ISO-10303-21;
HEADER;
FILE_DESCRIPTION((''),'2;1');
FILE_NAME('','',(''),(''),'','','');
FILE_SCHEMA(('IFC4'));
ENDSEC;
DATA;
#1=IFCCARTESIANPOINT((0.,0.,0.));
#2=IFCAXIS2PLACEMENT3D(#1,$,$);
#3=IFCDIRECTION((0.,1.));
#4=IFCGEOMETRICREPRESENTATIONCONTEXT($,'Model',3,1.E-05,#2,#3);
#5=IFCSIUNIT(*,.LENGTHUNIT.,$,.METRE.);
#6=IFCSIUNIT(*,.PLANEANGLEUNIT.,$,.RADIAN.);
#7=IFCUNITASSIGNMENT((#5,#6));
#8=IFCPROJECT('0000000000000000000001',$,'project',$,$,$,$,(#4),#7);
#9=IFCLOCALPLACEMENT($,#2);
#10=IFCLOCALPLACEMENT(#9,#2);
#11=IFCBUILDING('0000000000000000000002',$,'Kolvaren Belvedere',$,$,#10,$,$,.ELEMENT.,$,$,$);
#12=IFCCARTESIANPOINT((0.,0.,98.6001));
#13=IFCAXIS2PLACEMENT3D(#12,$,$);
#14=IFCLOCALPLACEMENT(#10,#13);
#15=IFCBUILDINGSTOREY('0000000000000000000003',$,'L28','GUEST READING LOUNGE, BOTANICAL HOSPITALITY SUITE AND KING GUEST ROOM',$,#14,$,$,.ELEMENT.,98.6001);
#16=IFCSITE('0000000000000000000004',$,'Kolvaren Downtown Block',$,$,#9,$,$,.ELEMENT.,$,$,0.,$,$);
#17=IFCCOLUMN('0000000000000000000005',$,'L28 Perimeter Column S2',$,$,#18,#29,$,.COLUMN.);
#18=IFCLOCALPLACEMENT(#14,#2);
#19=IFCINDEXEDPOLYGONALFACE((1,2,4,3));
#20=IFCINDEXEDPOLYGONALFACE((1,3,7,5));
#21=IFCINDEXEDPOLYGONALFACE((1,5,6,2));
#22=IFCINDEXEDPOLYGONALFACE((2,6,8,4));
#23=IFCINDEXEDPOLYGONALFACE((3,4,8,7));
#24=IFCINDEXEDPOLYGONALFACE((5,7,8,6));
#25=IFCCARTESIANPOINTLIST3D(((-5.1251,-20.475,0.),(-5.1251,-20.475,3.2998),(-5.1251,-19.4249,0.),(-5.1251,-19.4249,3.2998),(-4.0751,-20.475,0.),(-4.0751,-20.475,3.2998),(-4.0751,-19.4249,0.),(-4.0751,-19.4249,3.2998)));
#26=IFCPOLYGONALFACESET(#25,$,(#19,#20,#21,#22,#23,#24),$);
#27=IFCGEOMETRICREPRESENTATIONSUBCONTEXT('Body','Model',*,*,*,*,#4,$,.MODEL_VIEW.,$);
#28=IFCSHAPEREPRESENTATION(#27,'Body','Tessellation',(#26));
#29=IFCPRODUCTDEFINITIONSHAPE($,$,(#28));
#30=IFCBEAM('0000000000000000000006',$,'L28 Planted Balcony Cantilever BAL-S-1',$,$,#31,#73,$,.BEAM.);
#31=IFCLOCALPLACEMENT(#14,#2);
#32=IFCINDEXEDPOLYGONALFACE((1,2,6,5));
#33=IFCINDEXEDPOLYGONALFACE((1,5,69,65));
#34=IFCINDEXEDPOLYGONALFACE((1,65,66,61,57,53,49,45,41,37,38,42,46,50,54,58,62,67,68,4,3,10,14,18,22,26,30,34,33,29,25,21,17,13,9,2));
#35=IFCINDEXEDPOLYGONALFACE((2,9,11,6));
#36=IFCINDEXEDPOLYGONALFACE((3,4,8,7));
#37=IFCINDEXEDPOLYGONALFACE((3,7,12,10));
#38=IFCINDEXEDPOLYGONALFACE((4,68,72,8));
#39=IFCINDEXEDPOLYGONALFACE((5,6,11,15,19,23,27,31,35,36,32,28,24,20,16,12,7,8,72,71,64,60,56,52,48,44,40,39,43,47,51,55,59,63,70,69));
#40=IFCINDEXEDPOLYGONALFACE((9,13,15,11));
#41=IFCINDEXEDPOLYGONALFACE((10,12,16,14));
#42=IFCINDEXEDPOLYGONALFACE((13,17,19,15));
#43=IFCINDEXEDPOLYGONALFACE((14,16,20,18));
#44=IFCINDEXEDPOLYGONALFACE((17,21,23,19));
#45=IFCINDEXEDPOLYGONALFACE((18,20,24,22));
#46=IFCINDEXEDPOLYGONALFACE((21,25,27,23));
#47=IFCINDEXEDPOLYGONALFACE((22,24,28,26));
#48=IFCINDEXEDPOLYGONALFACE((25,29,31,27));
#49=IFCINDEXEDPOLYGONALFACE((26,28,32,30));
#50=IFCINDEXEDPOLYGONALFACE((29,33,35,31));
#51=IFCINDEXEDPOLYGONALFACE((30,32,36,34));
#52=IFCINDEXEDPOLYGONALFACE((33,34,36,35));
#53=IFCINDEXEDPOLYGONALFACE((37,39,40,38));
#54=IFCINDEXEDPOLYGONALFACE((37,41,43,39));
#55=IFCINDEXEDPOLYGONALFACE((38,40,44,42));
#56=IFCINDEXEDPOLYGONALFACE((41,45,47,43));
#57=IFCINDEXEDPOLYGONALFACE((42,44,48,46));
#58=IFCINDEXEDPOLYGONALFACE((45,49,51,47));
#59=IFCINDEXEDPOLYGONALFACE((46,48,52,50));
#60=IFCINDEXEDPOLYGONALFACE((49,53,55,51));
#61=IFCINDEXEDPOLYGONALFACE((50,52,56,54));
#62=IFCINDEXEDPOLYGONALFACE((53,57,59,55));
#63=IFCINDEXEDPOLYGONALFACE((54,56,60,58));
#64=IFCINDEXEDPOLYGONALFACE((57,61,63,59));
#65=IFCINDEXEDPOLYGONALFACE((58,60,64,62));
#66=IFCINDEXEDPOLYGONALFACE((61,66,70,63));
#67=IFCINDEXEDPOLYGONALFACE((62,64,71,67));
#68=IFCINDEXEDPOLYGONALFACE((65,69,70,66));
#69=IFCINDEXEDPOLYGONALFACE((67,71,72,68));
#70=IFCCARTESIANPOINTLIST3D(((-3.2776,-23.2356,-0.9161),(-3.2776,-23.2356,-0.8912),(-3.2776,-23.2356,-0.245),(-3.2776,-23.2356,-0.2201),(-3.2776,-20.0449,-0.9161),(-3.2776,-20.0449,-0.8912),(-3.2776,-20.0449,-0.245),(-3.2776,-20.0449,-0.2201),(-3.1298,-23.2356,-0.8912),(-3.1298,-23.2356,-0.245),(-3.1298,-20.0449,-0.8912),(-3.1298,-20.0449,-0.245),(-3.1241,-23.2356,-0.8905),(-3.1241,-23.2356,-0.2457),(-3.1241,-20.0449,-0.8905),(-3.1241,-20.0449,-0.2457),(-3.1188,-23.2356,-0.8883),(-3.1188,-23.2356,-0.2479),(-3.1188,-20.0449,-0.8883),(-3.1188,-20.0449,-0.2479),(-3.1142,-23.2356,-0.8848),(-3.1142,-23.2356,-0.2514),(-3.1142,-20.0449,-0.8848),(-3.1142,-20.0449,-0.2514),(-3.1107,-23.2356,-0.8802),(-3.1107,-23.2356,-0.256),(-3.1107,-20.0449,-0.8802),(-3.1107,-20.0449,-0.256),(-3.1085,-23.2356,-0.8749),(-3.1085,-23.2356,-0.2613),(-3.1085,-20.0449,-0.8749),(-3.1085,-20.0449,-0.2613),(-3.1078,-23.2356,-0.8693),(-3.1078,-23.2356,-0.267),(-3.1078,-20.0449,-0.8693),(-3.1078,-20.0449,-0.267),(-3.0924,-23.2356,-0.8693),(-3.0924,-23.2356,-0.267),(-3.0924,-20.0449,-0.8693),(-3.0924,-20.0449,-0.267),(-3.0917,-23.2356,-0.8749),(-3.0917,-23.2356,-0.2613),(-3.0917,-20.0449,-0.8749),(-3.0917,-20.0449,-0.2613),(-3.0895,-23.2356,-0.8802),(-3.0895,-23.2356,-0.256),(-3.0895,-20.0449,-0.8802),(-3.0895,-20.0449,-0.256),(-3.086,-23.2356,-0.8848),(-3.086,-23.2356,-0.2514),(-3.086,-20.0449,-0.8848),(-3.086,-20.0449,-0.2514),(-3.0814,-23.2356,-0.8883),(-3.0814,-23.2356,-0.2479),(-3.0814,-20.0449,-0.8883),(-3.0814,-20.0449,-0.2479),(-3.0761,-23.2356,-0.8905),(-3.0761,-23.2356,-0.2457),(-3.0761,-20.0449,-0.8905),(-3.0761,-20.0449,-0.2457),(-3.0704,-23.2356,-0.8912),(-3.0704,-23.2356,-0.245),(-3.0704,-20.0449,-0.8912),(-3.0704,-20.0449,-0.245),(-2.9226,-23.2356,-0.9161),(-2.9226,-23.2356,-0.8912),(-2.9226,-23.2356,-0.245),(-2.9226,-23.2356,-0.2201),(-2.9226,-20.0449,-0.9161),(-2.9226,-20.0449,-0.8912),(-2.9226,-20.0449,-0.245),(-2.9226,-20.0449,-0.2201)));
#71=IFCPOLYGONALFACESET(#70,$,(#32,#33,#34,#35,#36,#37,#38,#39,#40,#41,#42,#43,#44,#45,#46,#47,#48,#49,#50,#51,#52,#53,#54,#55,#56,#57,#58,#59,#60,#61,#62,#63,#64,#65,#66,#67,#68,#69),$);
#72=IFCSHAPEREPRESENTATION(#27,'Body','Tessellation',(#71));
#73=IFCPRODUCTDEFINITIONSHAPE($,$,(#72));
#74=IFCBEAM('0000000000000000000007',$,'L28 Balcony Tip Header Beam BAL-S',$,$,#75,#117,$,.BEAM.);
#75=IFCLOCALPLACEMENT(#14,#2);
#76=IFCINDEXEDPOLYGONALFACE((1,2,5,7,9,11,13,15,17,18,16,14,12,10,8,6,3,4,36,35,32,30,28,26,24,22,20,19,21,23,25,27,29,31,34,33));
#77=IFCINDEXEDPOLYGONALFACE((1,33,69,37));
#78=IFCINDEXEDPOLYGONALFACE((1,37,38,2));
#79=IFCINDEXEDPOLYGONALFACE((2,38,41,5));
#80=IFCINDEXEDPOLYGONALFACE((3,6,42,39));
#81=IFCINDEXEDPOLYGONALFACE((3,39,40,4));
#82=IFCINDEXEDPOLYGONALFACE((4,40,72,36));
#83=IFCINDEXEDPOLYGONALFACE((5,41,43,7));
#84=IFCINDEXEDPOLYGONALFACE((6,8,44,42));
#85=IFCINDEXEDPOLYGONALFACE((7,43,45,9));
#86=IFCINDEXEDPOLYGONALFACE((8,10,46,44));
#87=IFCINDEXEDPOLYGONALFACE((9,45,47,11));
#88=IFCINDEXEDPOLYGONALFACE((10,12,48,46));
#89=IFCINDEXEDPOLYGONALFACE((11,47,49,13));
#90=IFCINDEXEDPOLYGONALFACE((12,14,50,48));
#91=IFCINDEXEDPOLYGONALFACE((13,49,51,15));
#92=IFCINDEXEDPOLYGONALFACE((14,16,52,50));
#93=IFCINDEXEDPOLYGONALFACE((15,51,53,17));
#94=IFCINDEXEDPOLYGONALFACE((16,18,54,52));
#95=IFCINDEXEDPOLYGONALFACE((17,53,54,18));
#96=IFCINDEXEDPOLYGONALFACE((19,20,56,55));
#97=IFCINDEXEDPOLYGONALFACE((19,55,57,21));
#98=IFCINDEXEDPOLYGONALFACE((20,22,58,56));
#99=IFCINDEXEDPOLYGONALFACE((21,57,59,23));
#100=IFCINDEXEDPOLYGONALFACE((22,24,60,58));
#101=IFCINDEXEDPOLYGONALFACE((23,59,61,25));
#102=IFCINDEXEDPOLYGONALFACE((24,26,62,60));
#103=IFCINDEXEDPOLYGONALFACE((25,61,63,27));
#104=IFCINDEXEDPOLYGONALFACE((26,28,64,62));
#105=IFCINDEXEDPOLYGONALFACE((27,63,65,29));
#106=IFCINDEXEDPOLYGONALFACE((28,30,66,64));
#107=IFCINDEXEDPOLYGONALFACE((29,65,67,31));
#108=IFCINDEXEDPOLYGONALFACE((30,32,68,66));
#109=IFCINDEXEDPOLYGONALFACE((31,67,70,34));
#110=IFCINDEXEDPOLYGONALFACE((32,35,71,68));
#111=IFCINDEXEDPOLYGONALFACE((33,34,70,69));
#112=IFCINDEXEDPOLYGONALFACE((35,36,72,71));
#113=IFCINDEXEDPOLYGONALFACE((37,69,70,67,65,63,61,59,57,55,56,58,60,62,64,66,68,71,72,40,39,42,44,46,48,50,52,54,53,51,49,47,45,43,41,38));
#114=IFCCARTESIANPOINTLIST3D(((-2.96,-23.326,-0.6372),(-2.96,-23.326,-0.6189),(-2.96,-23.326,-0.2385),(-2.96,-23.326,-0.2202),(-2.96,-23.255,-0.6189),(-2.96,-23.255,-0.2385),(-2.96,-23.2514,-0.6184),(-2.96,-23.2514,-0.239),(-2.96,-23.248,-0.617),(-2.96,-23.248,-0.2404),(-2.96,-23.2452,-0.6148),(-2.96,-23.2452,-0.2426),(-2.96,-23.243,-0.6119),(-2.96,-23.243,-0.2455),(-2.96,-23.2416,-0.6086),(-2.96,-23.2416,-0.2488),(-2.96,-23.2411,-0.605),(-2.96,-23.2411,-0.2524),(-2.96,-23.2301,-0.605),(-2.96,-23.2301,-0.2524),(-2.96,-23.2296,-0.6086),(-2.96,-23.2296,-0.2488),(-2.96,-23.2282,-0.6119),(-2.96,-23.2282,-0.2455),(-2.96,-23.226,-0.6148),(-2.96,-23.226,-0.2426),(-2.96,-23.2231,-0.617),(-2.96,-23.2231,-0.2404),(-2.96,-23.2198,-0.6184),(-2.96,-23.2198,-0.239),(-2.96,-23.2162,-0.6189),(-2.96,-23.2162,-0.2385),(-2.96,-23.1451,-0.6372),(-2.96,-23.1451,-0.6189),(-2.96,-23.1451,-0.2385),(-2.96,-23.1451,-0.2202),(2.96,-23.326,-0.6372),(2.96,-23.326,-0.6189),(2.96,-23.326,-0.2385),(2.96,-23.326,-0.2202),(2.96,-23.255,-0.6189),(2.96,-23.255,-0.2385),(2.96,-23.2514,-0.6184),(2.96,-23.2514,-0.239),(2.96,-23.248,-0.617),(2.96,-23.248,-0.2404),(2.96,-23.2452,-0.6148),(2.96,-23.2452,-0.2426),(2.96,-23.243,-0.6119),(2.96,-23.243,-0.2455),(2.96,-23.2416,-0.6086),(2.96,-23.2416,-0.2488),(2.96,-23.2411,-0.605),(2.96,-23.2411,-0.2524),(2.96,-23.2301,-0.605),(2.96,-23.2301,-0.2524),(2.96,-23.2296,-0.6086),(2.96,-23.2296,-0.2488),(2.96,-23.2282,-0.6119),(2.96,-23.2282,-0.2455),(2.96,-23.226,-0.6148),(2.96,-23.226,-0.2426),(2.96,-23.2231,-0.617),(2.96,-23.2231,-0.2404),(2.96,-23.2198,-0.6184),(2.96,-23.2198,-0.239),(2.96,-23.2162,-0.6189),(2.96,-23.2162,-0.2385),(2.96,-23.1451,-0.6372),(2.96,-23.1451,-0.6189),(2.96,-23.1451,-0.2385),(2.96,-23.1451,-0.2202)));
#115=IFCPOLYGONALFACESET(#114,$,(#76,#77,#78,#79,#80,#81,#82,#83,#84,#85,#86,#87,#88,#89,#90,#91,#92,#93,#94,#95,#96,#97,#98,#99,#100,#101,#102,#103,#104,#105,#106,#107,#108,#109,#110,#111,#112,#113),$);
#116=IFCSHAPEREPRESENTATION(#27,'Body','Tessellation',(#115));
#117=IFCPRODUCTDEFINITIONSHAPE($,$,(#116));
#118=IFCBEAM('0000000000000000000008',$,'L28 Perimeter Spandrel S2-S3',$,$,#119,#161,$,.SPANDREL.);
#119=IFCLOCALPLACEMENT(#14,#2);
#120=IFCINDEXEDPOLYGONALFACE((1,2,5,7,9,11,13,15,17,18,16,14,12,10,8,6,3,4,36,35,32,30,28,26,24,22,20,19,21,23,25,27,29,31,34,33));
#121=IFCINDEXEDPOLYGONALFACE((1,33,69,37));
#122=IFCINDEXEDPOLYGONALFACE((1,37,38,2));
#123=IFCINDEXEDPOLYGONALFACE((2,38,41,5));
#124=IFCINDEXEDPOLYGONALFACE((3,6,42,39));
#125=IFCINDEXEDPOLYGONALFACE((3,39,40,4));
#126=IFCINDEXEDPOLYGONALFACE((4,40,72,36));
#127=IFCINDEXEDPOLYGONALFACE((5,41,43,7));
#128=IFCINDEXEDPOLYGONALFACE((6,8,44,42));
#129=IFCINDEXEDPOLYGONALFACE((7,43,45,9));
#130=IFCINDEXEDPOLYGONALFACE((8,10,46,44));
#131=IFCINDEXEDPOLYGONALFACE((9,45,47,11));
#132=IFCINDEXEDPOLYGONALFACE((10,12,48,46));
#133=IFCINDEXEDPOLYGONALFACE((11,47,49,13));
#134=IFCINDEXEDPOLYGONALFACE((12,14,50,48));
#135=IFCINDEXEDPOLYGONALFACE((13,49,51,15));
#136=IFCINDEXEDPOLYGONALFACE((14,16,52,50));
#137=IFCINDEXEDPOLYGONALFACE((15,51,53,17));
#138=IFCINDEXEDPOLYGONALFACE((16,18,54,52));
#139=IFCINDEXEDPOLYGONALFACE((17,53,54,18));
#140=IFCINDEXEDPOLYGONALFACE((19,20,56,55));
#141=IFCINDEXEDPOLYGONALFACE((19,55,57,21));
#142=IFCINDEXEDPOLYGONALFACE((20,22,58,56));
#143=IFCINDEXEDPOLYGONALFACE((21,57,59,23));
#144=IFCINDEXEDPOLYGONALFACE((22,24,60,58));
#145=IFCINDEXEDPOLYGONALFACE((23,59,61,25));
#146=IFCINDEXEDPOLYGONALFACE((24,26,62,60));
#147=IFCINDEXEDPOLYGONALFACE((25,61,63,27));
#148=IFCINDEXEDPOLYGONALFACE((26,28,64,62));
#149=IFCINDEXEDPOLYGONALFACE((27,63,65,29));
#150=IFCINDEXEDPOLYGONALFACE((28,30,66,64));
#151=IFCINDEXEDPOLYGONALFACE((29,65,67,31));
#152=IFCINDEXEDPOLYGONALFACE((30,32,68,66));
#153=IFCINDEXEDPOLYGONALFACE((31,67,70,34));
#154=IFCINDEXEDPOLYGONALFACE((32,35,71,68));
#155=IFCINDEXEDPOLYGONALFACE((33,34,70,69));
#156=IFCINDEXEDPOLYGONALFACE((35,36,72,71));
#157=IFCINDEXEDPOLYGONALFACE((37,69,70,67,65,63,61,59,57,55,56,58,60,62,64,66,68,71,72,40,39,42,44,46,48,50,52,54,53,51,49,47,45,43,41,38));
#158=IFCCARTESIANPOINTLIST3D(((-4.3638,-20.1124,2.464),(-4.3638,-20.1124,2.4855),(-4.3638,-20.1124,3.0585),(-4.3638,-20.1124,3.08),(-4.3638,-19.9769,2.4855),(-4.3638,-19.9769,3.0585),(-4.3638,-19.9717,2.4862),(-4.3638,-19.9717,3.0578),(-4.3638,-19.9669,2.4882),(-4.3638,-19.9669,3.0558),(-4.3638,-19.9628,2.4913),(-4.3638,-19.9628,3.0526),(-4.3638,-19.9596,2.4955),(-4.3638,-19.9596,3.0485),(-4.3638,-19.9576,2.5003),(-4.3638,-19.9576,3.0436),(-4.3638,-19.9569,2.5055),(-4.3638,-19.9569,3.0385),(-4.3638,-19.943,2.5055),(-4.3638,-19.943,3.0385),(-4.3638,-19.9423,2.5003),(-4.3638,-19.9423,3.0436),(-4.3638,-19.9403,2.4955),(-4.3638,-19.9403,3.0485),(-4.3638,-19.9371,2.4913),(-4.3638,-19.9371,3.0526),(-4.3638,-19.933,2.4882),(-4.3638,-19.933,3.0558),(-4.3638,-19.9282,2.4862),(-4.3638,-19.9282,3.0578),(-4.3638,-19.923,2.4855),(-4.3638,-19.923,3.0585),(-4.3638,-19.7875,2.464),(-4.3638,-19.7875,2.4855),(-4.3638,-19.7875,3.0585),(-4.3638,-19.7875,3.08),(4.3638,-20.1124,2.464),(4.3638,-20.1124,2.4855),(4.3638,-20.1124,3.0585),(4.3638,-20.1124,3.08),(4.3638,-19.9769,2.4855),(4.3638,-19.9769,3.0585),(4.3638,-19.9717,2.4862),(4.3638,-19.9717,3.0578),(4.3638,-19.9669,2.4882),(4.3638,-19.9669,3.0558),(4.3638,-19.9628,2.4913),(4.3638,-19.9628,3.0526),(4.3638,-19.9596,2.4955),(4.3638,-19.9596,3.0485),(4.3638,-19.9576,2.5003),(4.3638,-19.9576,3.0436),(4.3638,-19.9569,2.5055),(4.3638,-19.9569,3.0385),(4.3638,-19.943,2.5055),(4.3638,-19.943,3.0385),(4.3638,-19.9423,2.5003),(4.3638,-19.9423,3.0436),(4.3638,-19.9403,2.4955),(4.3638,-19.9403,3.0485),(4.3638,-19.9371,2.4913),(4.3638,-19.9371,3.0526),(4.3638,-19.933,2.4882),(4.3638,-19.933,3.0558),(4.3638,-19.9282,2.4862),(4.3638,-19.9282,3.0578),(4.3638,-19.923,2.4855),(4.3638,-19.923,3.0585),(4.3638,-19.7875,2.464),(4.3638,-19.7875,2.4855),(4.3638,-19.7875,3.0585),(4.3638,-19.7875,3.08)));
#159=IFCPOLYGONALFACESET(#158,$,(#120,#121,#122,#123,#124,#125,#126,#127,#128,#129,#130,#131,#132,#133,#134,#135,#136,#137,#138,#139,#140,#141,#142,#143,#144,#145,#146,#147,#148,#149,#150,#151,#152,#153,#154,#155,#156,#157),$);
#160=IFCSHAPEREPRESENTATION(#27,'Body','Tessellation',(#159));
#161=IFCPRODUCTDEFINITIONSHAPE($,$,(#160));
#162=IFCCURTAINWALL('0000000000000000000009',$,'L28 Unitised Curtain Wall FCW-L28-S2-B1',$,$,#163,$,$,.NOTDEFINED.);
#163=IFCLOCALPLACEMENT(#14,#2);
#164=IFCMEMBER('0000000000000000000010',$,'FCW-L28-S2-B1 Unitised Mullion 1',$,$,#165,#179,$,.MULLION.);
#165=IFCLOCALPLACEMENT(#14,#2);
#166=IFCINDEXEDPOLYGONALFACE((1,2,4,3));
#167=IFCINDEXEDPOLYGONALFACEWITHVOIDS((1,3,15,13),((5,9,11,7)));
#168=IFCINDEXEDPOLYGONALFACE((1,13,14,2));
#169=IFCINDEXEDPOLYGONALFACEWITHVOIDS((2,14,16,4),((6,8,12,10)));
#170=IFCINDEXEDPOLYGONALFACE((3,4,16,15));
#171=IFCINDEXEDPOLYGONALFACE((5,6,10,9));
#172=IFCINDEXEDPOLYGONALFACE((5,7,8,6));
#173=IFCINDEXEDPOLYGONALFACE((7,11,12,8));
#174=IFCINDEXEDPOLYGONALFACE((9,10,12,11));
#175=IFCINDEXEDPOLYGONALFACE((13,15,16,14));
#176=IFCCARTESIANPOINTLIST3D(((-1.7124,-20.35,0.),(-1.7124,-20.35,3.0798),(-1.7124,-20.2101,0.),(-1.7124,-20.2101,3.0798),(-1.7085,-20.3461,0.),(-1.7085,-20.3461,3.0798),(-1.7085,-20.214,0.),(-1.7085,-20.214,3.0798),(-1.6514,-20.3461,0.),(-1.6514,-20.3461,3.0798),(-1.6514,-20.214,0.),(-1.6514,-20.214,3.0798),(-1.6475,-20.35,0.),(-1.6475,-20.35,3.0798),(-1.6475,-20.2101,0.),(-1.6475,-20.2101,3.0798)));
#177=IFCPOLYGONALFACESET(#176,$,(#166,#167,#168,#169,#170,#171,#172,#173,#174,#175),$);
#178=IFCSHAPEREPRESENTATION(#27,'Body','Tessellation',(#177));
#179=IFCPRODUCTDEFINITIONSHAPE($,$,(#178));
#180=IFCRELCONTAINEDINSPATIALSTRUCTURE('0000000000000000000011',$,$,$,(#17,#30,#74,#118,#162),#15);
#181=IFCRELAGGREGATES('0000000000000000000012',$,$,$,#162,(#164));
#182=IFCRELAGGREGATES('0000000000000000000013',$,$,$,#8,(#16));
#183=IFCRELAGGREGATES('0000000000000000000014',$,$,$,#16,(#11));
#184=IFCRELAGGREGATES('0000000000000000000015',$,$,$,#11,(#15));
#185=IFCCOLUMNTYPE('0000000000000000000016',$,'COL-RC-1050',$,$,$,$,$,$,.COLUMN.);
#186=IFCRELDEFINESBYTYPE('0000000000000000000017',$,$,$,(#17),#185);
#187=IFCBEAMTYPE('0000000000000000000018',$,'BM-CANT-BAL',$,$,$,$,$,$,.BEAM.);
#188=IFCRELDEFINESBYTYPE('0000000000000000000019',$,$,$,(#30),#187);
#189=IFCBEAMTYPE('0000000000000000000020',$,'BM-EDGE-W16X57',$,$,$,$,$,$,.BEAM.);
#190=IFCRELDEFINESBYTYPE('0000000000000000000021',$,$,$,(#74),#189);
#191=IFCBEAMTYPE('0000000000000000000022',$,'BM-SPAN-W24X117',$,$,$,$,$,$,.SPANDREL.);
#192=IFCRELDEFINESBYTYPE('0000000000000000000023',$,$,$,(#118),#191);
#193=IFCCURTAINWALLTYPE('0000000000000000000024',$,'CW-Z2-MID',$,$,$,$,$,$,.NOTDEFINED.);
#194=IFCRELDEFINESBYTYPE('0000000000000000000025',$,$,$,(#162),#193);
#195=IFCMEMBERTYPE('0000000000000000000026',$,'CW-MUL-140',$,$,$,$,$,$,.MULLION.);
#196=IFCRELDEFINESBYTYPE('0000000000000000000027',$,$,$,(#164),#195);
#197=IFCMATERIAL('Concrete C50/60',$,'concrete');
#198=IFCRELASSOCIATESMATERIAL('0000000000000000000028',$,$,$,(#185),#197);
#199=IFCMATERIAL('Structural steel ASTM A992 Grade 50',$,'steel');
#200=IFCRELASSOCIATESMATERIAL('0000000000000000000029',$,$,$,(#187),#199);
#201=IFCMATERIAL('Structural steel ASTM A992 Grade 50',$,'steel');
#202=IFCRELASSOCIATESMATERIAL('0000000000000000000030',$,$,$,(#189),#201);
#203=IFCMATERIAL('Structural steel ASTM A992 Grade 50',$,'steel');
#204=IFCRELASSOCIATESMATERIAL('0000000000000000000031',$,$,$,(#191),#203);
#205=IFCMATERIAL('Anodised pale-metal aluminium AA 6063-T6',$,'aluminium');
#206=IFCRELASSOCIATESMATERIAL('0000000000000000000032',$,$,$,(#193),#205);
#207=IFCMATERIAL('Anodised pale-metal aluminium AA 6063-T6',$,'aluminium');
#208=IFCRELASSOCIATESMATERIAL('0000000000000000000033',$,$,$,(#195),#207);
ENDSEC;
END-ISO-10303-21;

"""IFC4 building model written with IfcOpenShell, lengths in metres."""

from ifc_helpers import new_model, si_unit, direction, frame, origin, origin_2d, place, context, subcontext, project, spatial, rectangle, hollow_rectangle, i_section, extrude, material, material_profile, profile_set, type_object, element, aggregate, save


model = new_model("IFC4")

# Units and contexts
model_context = context("Model", 3, precision=1e-05, world=origin(), true_north=direction((0.0, 1.0)))
body_context = subcontext(model_context, "Body", "Model", "MODEL_VIEW")
ifc_project = project(units=[si_unit("LENGTHUNIT", "METRE"), si_unit("PLANEANGLEUNIT", "RADIAN")], contexts=[model_context])

# Site, building, storey
site_placement = place(None, origin())
site = spatial("IfcSite", under=ifc_project, at=site_placement, Name="Kolvaren Downtown Block", CompositionType="ELEMENT", RefElevation=0.0)
building_placement = place(site_placement, origin())
building = spatial("IfcBuilding", under=site, at=building_placement, Name="Kolvaren Belvedere", CompositionType="ELEMENT")
storey_placement = place(building_placement, frame((0.0, 0.0, 98.6001)))
storey = spatial("IfcBuildingStorey", under=building, at=storey_placement, Name="L28", Description="GUEST READING LOUNGE, BOTANICAL HOSPITALITY SUITE AND KING GUEST ROOM", CompositionType="ELEMENT", Elevation=98.6001)

# Column
ifc_material_1 = material(Name="Concrete C50/60", Category="concrete")
ifc_material_profile_1 = material_profile(ifc_material_1, rectangle(XDim=1.05, YDim=1.05, at=origin_2d()), Name="RC 1050X1050")
ifc_profile_set_1 = profile_set([ifc_material_profile_1], Name="Concrete C50/60")
column_type = type_object("IfcColumnType", Name="COL-RC-1050", PredefinedType="COLUMN", material=ifc_profile_set_1)
column_placement = place(storey_placement, frame((-4.6001, -19.95, 0.0), z_axis=(0.0, 0.0, 1.0), x_axis=(1.0, 0.0, 0.0)))
element("IfcColumn", 1, at=column_placement, inside=storey, type_object=column_type, Name="L28 Perimeter Column S2", PredefinedType="COLUMN", context=body_context, shape_type="SweptSolid", body=[
    extrude(rectangle(XDim=1.05, YDim=1.05, at=origin_2d()), origin(), (0.0, 0.0, 1.0), 3.2998),
])

# Beams
ifc_material_2 = material(Name="Structural steel ASTM A992 Grade 50", Category="steel")
ifc_material_profile_2 = material_profile(ifc_material_2, i_section(OverallWidth=0.355, OverallDepth=0.696, WebThickness=0.0154, FlangeThickness=0.0249, FilletRadius=0.022, at=origin_2d()), Name="W27X146")
ifc_profile_set_2 = profile_set([ifc_material_profile_2], Name="Structural steel ASTM A992 Grade 50")
beam_type_1 = type_object("IfcBeamType", Name="BM-CANT-BAL", PredefinedType="BEAM", material=ifc_profile_set_2)
beam_1_placement = place(storey_placement, frame((-3.1001, -20.0449, -0.5681), z_axis=(0.0, -1.0, 0.0), x_axis=(1.0, 0.0, 0.0)))
element("IfcBeam", 2, at=beam_1_placement, inside=storey, type_object=beam_type_1, Name="L28 Planted Balcony Cantilever BAL-S-1", PredefinedType="BEAM", context=body_context, shape_type="SweptSolid", body=[
    extrude(i_section(OverallWidth=0.355, OverallDepth=0.696, WebThickness=0.0154, FlangeThickness=0.0249, FilletRadius=0.022, at=origin_2d()), origin(), (0.0, 0.0, 1.0), 3.1907),
])
ifc_material_3 = material(Name="Structural steel ASTM A992 Grade 50", Category="steel")
ifc_material_profile_3 = material_profile(ifc_material_3, i_section(OverallWidth=0.1809, OverallDepth=0.417, WebThickness=0.011, FlangeThickness=0.0183, FilletRadius=0.0139, at=origin_2d()), Name="W16X57")
ifc_profile_set_3 = profile_set([ifc_material_profile_3], Name="Structural steel ASTM A992 Grade 50")
beam_type_2 = type_object("IfcBeamType", Name="BM-EDGE-W16X57", PredefinedType="BEAM", material=ifc_profile_set_3)
beam_2_placement = place(storey_placement, frame((-2.96, -23.2356, -0.4287), z_axis=(1.0, 0.0, 0.0), x_axis=(0.0, 1.0, 0.0)))
element("IfcBeam", 3, at=beam_2_placement, inside=storey, type_object=beam_type_2, Name="L28 Balcony Tip Header Beam BAL-S", PredefinedType="BEAM", context=body_context, shape_type="SweptSolid", body=[
    extrude(i_section(OverallWidth=0.1809, OverallDepth=0.417, WebThickness=0.011, FlangeThickness=0.0183, FilletRadius=0.0139, at=origin_2d()), origin(), (0.0, 0.0, 1.0), 5.9199),
])
ifc_material_4 = material(Name="Structural steel ASTM A992 Grade 50", Category="steel")
ifc_material_profile_4 = material_profile(ifc_material_4, i_section(OverallWidth=0.325, OverallDepth=0.616, WebThickness=0.0139, FlangeThickness=0.0215, FilletRadius=0.02, at=origin_2d()), Name="W24X117")
ifc_profile_set_4 = profile_set([ifc_material_profile_4], Name="Structural steel ASTM A992 Grade 50")
beam_type_3 = type_object("IfcBeamType", Name="BM-SPAN-W24X117", PredefinedType="SPANDREL", material=ifc_profile_set_4)
beam_3_placement = place(storey_placement, frame((-4.3638, -19.95, 2.772), z_axis=(1.0, 0.0, 0.0), x_axis=(0.0, 1.0, 0.0)))
element("IfcBeam", 4, at=beam_3_placement, inside=storey, type_object=beam_type_3, Name="L28 Perimeter Spandrel S2-S3", PredefinedType="SPANDREL", context=body_context, shape_type="SweptSolid", body=[
    extrude(i_section(OverallWidth=0.325, OverallDepth=0.616, WebThickness=0.0139, FlangeThickness=0.0215, FilletRadius=0.02, at=origin_2d()), origin(), (0.0, 0.0, 1.0), 8.7275),
])

# Curtain wall, member
ifc_material_5 = material(Name="Anodised pale-metal aluminium AA 6063-T6", Category="aluminium")
curtain_wall_type = type_object("IfcCurtainWallType", Name="CW-Z2-MID", PredefinedType="NOTDEFINED", material=ifc_material_5)
curtain_wall_1_placement = place(storey_placement, origin())
curtain_wall_1 = element("IfcCurtainWall", 5, at=curtain_wall_1_placement, inside=storey, type_object=curtain_wall_type, Name="L28 Unitised Curtain Wall FCW-L28-S2-B1", PredefinedType="NOTDEFINED")
ifc_material_6 = material(Name="Anodised pale-metal aluminium AA 6063-T6", Category="aluminium")
ifc_material_profile_5 = material_profile(ifc_material_6, hollow_rectangle(XDim=0.0649, YDim=0.1399, WallThickness=0.0039, at=origin_2d()), Name="ALU-MUL-140X65")
ifc_profile_set_5 = profile_set([ifc_material_profile_5], Name="Anodised pale-metal aluminium AA 6063-T6")
member_type_1 = type_object("IfcMemberType", Name="CW-MUL-140", PredefinedType="MULLION", material=ifc_profile_set_5)
member_1_placement = place(storey_placement, frame((-1.6799, -20.28, 0.0), z_axis=(0.0, 0.0, 1.0), x_axis=(1.0, 0.0, 0.0)))
member_1 = element("IfcMember", 6, at=member_1_placement, type_object=member_type_1, Name="FCW-L28-S2-B1 Unitised Mullion 1", PredefinedType="MULLION", context=body_context, shape_type="SweptSolid", body=[
    extrude(hollow_rectangle(XDim=0.0649, YDim=0.1399, WallThickness=0.0039, at=origin_2d()), origin(), (0.0, 0.0, 1.0), 3.0798),
])

aggregate(curtain_wall_1, [member_1])

save(model, "model.ifc")
